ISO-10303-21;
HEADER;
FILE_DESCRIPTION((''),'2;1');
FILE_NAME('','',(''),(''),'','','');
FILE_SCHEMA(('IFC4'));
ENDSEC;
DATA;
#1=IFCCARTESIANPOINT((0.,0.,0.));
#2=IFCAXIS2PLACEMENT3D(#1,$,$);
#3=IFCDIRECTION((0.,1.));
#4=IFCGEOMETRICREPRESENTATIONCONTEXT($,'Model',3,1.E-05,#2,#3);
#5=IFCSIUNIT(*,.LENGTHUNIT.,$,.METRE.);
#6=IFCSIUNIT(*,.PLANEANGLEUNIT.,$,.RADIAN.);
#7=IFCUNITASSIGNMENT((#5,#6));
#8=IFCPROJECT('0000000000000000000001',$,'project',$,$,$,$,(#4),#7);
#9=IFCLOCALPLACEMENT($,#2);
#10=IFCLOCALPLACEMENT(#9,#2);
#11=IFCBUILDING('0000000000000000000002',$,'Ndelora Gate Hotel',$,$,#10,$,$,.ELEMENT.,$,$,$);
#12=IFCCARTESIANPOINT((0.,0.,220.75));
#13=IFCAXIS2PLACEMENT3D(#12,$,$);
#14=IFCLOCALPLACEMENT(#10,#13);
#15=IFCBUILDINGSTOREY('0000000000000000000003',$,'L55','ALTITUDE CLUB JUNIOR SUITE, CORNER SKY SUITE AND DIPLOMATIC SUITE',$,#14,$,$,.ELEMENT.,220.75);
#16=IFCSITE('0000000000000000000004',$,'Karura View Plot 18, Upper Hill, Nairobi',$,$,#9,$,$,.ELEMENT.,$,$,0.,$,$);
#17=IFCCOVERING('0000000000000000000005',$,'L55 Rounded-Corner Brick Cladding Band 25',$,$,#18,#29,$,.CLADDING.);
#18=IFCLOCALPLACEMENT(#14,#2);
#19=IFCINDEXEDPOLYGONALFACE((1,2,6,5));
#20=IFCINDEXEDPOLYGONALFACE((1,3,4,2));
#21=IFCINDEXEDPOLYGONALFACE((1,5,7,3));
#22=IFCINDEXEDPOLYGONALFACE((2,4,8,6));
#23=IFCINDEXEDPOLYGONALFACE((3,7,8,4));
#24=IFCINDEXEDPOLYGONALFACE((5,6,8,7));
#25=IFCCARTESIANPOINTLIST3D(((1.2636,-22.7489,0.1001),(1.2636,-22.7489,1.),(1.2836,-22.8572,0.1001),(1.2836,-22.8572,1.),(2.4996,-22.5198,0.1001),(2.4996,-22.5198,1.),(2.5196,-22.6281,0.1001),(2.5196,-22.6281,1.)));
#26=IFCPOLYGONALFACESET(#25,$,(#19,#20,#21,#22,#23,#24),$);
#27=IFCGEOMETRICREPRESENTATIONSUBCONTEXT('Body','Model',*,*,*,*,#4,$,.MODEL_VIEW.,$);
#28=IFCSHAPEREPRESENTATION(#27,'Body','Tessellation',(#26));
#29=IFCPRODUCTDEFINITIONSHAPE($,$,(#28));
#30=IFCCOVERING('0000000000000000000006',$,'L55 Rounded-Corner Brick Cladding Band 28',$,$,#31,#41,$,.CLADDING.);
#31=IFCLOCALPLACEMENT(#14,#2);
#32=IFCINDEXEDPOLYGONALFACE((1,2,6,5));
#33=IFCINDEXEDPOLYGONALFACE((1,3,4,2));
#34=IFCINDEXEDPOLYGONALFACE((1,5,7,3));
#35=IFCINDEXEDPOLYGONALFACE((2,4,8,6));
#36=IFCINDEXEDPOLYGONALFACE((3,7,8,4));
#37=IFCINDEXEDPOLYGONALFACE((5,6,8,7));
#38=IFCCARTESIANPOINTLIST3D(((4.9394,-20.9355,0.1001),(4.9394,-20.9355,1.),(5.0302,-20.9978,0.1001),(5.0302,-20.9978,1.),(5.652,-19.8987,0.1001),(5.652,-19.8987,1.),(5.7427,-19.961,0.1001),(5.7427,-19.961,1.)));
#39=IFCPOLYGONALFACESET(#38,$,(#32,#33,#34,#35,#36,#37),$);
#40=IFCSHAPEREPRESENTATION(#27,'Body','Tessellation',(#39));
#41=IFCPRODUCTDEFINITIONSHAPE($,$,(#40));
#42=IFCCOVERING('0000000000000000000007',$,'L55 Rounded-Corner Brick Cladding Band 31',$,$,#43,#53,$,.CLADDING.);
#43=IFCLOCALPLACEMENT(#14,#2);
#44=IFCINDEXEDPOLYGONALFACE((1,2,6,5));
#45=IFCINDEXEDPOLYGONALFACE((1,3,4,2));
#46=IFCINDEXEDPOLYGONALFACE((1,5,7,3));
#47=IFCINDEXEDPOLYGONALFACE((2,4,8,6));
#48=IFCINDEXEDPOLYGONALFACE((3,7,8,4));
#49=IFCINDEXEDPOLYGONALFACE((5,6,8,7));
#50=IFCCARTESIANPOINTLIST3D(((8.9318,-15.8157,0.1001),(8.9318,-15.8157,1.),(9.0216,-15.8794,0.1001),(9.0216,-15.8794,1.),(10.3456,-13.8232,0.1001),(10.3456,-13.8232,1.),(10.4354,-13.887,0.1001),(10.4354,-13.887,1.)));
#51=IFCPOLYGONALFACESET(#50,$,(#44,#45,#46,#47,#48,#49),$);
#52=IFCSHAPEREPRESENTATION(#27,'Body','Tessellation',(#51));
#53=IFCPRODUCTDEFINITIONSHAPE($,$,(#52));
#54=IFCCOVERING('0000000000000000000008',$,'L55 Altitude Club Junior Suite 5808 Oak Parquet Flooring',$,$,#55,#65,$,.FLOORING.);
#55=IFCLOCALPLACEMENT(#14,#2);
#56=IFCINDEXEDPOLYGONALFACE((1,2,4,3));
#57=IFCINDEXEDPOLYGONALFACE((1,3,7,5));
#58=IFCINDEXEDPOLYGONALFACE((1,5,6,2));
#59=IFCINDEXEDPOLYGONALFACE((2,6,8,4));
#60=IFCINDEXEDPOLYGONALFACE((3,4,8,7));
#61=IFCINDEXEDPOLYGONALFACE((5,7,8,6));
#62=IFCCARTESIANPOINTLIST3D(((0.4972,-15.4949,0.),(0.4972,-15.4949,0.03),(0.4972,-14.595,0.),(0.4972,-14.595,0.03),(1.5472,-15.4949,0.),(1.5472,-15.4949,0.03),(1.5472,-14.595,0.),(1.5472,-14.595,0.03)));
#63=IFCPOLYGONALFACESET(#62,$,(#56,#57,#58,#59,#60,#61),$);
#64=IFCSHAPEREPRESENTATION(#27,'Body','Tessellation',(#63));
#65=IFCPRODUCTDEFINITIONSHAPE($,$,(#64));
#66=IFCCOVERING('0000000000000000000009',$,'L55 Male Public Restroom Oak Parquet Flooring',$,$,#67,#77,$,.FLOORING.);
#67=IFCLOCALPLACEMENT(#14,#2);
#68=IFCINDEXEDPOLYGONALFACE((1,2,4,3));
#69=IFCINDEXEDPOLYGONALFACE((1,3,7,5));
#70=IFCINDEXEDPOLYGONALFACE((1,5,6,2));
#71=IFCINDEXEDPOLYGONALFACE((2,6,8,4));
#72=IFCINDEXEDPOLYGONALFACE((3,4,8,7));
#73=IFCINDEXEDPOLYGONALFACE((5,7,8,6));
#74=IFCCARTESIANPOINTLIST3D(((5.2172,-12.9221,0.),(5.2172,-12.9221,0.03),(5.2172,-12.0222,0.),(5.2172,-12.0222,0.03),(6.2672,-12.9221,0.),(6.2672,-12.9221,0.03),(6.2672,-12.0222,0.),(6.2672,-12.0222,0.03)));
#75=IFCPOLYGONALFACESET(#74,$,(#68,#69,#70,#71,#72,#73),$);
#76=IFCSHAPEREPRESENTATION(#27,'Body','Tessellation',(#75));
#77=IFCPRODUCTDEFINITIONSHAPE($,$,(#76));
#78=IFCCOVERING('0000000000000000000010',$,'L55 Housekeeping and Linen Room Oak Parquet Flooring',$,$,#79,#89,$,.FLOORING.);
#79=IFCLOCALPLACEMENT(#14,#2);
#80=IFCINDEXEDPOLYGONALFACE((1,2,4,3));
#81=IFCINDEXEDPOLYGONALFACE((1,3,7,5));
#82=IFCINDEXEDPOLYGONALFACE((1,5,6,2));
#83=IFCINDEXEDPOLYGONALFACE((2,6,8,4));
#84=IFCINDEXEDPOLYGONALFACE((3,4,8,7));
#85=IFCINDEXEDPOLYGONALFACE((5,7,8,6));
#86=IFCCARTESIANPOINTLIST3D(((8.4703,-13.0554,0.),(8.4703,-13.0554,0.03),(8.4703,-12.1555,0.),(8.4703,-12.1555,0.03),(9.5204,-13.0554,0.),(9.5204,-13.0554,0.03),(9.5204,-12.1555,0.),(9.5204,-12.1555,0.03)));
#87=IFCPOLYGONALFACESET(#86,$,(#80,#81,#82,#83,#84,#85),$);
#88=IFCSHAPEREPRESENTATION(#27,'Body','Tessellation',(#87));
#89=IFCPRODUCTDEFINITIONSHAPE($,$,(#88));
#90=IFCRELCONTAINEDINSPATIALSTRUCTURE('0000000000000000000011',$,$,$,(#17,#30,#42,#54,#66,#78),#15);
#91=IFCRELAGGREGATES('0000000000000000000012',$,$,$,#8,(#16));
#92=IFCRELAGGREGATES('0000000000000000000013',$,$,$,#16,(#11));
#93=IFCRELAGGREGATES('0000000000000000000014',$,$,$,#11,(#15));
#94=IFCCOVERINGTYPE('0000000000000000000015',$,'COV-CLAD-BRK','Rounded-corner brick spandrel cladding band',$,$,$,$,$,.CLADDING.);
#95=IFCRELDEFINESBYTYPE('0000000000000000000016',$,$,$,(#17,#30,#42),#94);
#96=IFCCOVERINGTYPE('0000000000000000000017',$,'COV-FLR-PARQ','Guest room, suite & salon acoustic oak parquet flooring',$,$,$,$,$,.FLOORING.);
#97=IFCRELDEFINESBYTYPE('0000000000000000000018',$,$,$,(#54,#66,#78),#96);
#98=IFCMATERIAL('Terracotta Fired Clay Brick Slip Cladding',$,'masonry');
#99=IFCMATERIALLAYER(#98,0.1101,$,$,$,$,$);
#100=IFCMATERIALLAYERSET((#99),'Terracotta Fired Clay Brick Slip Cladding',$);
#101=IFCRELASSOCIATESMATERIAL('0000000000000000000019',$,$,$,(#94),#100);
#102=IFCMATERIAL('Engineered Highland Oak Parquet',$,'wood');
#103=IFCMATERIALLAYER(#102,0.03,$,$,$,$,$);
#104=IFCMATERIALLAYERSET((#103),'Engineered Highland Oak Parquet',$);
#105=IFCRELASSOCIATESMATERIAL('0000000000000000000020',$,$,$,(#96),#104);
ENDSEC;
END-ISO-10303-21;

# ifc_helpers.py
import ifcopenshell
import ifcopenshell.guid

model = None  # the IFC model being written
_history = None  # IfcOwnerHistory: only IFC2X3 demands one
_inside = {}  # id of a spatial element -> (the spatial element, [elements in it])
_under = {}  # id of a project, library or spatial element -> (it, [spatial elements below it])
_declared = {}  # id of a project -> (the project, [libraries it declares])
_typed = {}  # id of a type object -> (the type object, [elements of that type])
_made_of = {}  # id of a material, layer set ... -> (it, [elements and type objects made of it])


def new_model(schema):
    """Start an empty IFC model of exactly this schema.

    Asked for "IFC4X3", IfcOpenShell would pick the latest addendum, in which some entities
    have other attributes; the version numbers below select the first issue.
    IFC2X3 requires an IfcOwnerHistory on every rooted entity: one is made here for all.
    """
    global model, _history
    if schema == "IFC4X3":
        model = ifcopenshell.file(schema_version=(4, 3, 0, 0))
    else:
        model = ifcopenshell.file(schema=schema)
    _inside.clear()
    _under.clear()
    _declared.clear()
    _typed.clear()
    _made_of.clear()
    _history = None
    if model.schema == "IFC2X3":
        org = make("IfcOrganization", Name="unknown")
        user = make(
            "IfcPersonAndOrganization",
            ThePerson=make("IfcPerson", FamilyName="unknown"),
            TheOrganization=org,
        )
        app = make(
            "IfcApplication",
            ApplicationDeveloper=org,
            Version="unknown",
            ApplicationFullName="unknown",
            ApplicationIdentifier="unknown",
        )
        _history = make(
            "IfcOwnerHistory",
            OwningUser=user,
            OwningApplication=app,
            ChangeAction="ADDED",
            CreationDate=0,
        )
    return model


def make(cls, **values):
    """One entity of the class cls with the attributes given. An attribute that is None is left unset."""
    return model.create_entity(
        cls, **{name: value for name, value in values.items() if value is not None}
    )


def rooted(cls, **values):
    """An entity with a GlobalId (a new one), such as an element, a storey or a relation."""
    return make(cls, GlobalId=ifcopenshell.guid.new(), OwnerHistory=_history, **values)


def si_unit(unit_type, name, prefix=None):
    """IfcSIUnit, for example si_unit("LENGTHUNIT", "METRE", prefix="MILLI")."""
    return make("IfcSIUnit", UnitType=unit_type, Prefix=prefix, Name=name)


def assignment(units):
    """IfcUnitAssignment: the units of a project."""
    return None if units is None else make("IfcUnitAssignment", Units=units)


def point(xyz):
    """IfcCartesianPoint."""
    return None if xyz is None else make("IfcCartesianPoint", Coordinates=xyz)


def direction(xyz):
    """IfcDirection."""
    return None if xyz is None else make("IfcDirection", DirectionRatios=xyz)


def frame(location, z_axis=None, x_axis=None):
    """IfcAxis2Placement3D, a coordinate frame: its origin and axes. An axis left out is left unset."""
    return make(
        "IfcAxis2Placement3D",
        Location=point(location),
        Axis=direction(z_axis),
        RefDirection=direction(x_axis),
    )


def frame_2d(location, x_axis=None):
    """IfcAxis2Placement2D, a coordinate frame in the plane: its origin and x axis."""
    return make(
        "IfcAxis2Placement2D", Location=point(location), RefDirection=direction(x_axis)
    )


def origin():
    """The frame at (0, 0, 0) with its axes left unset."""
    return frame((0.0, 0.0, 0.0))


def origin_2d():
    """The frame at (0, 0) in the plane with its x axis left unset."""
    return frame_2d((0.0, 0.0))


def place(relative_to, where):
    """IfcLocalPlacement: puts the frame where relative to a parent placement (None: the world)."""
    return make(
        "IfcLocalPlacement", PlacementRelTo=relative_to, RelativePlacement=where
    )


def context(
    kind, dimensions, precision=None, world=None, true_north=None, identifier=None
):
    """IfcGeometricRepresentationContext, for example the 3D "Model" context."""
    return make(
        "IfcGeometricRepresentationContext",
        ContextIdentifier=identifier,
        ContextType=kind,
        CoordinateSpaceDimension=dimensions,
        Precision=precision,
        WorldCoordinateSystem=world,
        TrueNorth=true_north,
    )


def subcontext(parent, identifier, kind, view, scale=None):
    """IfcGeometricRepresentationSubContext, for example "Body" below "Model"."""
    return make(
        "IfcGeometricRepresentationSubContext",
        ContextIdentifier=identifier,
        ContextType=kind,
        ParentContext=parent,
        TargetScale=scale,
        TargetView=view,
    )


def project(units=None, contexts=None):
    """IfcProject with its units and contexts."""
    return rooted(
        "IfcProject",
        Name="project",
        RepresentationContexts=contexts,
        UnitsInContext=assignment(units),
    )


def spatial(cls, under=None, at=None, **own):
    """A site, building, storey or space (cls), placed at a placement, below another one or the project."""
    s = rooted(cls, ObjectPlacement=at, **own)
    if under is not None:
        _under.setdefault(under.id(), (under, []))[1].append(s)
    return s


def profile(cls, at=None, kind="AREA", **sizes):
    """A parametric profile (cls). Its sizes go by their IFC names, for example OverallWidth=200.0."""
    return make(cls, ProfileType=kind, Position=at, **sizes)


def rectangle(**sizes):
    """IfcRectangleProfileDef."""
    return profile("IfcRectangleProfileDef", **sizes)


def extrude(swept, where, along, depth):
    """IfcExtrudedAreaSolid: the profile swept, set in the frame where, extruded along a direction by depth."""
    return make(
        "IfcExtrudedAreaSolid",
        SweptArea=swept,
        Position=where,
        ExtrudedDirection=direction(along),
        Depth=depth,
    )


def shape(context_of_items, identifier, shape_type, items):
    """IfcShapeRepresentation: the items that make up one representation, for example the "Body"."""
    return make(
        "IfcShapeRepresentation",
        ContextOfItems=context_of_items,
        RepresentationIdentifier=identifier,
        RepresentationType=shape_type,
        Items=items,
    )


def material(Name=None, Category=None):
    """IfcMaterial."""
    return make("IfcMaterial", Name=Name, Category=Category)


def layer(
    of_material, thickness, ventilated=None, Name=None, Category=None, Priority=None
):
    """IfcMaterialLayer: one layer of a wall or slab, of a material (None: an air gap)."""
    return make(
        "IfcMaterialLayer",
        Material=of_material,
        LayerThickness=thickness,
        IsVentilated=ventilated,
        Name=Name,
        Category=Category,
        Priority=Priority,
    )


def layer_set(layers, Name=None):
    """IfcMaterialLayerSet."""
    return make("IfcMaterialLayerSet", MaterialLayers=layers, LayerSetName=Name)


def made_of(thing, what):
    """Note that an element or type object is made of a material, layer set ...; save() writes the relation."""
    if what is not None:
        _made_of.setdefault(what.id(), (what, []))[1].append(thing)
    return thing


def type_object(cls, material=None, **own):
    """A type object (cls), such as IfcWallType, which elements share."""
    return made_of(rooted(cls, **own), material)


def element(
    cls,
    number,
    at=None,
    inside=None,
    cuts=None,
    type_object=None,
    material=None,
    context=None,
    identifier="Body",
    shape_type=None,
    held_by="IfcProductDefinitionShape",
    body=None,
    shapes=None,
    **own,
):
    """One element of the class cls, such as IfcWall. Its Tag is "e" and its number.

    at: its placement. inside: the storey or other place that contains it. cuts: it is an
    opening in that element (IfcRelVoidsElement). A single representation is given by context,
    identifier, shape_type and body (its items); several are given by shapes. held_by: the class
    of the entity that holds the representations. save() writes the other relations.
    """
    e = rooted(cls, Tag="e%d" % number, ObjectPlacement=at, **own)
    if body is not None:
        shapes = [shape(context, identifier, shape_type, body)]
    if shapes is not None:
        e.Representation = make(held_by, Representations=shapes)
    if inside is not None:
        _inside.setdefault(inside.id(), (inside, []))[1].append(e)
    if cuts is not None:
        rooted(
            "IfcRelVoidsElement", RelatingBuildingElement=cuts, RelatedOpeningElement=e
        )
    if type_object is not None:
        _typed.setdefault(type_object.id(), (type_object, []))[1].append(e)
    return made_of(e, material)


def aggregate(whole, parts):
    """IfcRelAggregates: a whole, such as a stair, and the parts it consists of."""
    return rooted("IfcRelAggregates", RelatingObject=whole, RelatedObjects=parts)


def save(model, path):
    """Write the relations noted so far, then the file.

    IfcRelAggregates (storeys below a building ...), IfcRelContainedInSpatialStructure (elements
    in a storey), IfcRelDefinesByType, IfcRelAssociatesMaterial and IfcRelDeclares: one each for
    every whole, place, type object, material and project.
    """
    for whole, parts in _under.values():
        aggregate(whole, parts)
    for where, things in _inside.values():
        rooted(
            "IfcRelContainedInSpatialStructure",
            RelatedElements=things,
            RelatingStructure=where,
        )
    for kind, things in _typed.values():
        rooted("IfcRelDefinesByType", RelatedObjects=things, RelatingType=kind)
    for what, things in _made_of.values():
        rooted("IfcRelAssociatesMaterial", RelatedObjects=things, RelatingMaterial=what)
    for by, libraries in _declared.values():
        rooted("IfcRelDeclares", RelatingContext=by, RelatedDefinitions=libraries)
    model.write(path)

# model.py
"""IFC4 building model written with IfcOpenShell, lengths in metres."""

from ifc_helpers import new_model, si_unit, direction, frame, origin, origin_2d, place, context, subcontext, project, spatial, rectangle, extrude, material, layer, layer_set, type_object, element, save


model = new_model("IFC4")

# Units and contexts
model_context = context("Model", 3, precision=1e-05, world=origin(), true_north=direction((0.0, 1.0)))
body_context = subcontext(model_context, "Body", "Model", "MODEL_VIEW")
ifc_project = project(units=[si_unit("LENGTHUNIT", "METRE"), si_unit("PLANEANGLEUNIT", "RADIAN")], contexts=[model_context])

# Site, building, storey
site_placement = place(None, origin())
site = spatial("IfcSite", under=ifc_project, at=site_placement, Name="Karura View Plot 18, Upper Hill, Nairobi", CompositionType="ELEMENT", RefElevation=0.0)
building_placement = place(site_placement, origin())
building = spatial("IfcBuilding", under=site, at=building_placement, Name="Ndelora Gate Hotel", CompositionType="ELEMENT")
storey_placement = place(building_placement, frame((0.0, 0.0, 220.75)))
storey = spatial("IfcBuildingStorey", under=building, at=storey_placement, Name="L55", Description="ALTITUDE CLUB JUNIOR SUITE, CORNER SKY SUITE AND DIPLOMATIC SUITE", CompositionType="ELEMENT", Elevation=220.75)

# Coverings
ifc_material_1 = material(Name="Terracotta Fired Clay Brick Slip Cladding", Category="masonry")
ifc_layer_1 = layer(ifc_material_1, 0.1101)
ifc_layer_set_1 = layer_set([ifc_layer_1], Name="Terracotta Fired Clay Brick Slip Cladding")
covering_type_1 = type_object("IfcCoveringType", Name="COV-CLAD-BRK", Description="Rounded-corner brick spandrel cladding band", PredefinedType="CLADDING", material=ifc_layer_set_1)
covering_1_placement = place(storey_placement, frame((1.8916, -22.6885, 0.1001), z_axis=(0.0, 0.0, 1.0), x_axis=(0.983255, 0.182236, 0.0)))
element("IfcCovering", 1, at=covering_1_placement, inside=storey, type_object=covering_type_1, Name="L55 Rounded-Corner Brick Cladding Band 25", PredefinedType="CLADDING", context=body_context, shape_type="SweptSolid", body=[
    extrude(rectangle(XDim=1.2571, YDim=0.1101, at=origin_2d()), origin(), (0.0, 0.0, 1.0), 0.8999),
])
covering_2_placement = place(storey_placement, frame((5.3411, -20.4482, 0.1001), z_axis=(0.0, 0.0, 1.0), x_axis=(0.566406, 0.824126, 0.0)))
element("IfcCovering", 2, at=covering_2_placement, inside=storey, type_object=covering_type_1, Name="L55 Rounded-Corner Brick Cladding Band 28", PredefinedType="CLADDING", context=body_context, shape_type="SweptSolid", body=[
    extrude(rectangle(XDim=1.2581, YDim=0.1101, at=origin_2d()), origin(), (0.0, 0.0, 1.0), 0.8999),
])
covering_3_placement = place(storey_placement, frame((9.6836, -14.8513, 0.1001), z_axis=(0.0, 0.0, 1.0), x_axis=(0.578712, 0.815532, 0.0)))
element("IfcCovering", 3, at=covering_3_placement, inside=storey, type_object=covering_type_1, Name="L55 Rounded-Corner Brick Cladding Band 31", PredefinedType="CLADDING", context=body_context, shape_type="SweptSolid", body=[
    extrude(rectangle(XDim=2.4431, YDim=0.1101, at=origin_2d()), origin(), (0.0, 0.0, 1.0), 0.8999),
])
ifc_material_2 = material(Name="Engineered Highland Oak Parquet", Category="wood")
ifc_layer_2 = layer(ifc_material_2, 0.03)
ifc_layer_set_2 = layer_set([ifc_layer_2], Name="Engineered Highland Oak Parquet")
covering_type_2 = type_object("IfcCoveringType", Name="COV-FLR-PARQ", Description="Guest room, suite & salon acoustic oak parquet flooring", PredefinedType="FLOORING", material=ifc_layer_set_2)
for number, where, z_axis, x_axis, name in (
    (4, (1.0222, -15.0449, 0.0), (0.0, 0.0, 1.0), (1.0, 0.0, 0.0), "L55 Altitude Club Junior Suite 5808 Oak Parquet Flooring"),
    (5, (5.7422, -12.4722, 0.0), (0.0, 0.0, 1.0), (1.0, 0.0, 0.0), "L55 Male Public Restroom Oak Parquet Flooring"),
    (6, (8.9954, -12.6055, 0.0), (0.0, 0.0, 1.0), (1.0, 0.0, 0.0), "L55 Housekeeping and Linen Room Oak Parquet Flooring"),
):
    element("IfcCovering", number, at=place(storey_placement, frame(where, z_axis=z_axis, x_axis=x_axis)), inside=storey, type_object=covering_type_2, Name=name, PredefinedType="FLOORING", context=body_context, shape_type="SweptSolid", body=[
        extrude(rectangle(XDim=1.05, YDim=0.8999, at=origin_2d()), origin(), (0.0, 0.0, 1.0), 0.03),
    ])

save(model, "model.ifc")
